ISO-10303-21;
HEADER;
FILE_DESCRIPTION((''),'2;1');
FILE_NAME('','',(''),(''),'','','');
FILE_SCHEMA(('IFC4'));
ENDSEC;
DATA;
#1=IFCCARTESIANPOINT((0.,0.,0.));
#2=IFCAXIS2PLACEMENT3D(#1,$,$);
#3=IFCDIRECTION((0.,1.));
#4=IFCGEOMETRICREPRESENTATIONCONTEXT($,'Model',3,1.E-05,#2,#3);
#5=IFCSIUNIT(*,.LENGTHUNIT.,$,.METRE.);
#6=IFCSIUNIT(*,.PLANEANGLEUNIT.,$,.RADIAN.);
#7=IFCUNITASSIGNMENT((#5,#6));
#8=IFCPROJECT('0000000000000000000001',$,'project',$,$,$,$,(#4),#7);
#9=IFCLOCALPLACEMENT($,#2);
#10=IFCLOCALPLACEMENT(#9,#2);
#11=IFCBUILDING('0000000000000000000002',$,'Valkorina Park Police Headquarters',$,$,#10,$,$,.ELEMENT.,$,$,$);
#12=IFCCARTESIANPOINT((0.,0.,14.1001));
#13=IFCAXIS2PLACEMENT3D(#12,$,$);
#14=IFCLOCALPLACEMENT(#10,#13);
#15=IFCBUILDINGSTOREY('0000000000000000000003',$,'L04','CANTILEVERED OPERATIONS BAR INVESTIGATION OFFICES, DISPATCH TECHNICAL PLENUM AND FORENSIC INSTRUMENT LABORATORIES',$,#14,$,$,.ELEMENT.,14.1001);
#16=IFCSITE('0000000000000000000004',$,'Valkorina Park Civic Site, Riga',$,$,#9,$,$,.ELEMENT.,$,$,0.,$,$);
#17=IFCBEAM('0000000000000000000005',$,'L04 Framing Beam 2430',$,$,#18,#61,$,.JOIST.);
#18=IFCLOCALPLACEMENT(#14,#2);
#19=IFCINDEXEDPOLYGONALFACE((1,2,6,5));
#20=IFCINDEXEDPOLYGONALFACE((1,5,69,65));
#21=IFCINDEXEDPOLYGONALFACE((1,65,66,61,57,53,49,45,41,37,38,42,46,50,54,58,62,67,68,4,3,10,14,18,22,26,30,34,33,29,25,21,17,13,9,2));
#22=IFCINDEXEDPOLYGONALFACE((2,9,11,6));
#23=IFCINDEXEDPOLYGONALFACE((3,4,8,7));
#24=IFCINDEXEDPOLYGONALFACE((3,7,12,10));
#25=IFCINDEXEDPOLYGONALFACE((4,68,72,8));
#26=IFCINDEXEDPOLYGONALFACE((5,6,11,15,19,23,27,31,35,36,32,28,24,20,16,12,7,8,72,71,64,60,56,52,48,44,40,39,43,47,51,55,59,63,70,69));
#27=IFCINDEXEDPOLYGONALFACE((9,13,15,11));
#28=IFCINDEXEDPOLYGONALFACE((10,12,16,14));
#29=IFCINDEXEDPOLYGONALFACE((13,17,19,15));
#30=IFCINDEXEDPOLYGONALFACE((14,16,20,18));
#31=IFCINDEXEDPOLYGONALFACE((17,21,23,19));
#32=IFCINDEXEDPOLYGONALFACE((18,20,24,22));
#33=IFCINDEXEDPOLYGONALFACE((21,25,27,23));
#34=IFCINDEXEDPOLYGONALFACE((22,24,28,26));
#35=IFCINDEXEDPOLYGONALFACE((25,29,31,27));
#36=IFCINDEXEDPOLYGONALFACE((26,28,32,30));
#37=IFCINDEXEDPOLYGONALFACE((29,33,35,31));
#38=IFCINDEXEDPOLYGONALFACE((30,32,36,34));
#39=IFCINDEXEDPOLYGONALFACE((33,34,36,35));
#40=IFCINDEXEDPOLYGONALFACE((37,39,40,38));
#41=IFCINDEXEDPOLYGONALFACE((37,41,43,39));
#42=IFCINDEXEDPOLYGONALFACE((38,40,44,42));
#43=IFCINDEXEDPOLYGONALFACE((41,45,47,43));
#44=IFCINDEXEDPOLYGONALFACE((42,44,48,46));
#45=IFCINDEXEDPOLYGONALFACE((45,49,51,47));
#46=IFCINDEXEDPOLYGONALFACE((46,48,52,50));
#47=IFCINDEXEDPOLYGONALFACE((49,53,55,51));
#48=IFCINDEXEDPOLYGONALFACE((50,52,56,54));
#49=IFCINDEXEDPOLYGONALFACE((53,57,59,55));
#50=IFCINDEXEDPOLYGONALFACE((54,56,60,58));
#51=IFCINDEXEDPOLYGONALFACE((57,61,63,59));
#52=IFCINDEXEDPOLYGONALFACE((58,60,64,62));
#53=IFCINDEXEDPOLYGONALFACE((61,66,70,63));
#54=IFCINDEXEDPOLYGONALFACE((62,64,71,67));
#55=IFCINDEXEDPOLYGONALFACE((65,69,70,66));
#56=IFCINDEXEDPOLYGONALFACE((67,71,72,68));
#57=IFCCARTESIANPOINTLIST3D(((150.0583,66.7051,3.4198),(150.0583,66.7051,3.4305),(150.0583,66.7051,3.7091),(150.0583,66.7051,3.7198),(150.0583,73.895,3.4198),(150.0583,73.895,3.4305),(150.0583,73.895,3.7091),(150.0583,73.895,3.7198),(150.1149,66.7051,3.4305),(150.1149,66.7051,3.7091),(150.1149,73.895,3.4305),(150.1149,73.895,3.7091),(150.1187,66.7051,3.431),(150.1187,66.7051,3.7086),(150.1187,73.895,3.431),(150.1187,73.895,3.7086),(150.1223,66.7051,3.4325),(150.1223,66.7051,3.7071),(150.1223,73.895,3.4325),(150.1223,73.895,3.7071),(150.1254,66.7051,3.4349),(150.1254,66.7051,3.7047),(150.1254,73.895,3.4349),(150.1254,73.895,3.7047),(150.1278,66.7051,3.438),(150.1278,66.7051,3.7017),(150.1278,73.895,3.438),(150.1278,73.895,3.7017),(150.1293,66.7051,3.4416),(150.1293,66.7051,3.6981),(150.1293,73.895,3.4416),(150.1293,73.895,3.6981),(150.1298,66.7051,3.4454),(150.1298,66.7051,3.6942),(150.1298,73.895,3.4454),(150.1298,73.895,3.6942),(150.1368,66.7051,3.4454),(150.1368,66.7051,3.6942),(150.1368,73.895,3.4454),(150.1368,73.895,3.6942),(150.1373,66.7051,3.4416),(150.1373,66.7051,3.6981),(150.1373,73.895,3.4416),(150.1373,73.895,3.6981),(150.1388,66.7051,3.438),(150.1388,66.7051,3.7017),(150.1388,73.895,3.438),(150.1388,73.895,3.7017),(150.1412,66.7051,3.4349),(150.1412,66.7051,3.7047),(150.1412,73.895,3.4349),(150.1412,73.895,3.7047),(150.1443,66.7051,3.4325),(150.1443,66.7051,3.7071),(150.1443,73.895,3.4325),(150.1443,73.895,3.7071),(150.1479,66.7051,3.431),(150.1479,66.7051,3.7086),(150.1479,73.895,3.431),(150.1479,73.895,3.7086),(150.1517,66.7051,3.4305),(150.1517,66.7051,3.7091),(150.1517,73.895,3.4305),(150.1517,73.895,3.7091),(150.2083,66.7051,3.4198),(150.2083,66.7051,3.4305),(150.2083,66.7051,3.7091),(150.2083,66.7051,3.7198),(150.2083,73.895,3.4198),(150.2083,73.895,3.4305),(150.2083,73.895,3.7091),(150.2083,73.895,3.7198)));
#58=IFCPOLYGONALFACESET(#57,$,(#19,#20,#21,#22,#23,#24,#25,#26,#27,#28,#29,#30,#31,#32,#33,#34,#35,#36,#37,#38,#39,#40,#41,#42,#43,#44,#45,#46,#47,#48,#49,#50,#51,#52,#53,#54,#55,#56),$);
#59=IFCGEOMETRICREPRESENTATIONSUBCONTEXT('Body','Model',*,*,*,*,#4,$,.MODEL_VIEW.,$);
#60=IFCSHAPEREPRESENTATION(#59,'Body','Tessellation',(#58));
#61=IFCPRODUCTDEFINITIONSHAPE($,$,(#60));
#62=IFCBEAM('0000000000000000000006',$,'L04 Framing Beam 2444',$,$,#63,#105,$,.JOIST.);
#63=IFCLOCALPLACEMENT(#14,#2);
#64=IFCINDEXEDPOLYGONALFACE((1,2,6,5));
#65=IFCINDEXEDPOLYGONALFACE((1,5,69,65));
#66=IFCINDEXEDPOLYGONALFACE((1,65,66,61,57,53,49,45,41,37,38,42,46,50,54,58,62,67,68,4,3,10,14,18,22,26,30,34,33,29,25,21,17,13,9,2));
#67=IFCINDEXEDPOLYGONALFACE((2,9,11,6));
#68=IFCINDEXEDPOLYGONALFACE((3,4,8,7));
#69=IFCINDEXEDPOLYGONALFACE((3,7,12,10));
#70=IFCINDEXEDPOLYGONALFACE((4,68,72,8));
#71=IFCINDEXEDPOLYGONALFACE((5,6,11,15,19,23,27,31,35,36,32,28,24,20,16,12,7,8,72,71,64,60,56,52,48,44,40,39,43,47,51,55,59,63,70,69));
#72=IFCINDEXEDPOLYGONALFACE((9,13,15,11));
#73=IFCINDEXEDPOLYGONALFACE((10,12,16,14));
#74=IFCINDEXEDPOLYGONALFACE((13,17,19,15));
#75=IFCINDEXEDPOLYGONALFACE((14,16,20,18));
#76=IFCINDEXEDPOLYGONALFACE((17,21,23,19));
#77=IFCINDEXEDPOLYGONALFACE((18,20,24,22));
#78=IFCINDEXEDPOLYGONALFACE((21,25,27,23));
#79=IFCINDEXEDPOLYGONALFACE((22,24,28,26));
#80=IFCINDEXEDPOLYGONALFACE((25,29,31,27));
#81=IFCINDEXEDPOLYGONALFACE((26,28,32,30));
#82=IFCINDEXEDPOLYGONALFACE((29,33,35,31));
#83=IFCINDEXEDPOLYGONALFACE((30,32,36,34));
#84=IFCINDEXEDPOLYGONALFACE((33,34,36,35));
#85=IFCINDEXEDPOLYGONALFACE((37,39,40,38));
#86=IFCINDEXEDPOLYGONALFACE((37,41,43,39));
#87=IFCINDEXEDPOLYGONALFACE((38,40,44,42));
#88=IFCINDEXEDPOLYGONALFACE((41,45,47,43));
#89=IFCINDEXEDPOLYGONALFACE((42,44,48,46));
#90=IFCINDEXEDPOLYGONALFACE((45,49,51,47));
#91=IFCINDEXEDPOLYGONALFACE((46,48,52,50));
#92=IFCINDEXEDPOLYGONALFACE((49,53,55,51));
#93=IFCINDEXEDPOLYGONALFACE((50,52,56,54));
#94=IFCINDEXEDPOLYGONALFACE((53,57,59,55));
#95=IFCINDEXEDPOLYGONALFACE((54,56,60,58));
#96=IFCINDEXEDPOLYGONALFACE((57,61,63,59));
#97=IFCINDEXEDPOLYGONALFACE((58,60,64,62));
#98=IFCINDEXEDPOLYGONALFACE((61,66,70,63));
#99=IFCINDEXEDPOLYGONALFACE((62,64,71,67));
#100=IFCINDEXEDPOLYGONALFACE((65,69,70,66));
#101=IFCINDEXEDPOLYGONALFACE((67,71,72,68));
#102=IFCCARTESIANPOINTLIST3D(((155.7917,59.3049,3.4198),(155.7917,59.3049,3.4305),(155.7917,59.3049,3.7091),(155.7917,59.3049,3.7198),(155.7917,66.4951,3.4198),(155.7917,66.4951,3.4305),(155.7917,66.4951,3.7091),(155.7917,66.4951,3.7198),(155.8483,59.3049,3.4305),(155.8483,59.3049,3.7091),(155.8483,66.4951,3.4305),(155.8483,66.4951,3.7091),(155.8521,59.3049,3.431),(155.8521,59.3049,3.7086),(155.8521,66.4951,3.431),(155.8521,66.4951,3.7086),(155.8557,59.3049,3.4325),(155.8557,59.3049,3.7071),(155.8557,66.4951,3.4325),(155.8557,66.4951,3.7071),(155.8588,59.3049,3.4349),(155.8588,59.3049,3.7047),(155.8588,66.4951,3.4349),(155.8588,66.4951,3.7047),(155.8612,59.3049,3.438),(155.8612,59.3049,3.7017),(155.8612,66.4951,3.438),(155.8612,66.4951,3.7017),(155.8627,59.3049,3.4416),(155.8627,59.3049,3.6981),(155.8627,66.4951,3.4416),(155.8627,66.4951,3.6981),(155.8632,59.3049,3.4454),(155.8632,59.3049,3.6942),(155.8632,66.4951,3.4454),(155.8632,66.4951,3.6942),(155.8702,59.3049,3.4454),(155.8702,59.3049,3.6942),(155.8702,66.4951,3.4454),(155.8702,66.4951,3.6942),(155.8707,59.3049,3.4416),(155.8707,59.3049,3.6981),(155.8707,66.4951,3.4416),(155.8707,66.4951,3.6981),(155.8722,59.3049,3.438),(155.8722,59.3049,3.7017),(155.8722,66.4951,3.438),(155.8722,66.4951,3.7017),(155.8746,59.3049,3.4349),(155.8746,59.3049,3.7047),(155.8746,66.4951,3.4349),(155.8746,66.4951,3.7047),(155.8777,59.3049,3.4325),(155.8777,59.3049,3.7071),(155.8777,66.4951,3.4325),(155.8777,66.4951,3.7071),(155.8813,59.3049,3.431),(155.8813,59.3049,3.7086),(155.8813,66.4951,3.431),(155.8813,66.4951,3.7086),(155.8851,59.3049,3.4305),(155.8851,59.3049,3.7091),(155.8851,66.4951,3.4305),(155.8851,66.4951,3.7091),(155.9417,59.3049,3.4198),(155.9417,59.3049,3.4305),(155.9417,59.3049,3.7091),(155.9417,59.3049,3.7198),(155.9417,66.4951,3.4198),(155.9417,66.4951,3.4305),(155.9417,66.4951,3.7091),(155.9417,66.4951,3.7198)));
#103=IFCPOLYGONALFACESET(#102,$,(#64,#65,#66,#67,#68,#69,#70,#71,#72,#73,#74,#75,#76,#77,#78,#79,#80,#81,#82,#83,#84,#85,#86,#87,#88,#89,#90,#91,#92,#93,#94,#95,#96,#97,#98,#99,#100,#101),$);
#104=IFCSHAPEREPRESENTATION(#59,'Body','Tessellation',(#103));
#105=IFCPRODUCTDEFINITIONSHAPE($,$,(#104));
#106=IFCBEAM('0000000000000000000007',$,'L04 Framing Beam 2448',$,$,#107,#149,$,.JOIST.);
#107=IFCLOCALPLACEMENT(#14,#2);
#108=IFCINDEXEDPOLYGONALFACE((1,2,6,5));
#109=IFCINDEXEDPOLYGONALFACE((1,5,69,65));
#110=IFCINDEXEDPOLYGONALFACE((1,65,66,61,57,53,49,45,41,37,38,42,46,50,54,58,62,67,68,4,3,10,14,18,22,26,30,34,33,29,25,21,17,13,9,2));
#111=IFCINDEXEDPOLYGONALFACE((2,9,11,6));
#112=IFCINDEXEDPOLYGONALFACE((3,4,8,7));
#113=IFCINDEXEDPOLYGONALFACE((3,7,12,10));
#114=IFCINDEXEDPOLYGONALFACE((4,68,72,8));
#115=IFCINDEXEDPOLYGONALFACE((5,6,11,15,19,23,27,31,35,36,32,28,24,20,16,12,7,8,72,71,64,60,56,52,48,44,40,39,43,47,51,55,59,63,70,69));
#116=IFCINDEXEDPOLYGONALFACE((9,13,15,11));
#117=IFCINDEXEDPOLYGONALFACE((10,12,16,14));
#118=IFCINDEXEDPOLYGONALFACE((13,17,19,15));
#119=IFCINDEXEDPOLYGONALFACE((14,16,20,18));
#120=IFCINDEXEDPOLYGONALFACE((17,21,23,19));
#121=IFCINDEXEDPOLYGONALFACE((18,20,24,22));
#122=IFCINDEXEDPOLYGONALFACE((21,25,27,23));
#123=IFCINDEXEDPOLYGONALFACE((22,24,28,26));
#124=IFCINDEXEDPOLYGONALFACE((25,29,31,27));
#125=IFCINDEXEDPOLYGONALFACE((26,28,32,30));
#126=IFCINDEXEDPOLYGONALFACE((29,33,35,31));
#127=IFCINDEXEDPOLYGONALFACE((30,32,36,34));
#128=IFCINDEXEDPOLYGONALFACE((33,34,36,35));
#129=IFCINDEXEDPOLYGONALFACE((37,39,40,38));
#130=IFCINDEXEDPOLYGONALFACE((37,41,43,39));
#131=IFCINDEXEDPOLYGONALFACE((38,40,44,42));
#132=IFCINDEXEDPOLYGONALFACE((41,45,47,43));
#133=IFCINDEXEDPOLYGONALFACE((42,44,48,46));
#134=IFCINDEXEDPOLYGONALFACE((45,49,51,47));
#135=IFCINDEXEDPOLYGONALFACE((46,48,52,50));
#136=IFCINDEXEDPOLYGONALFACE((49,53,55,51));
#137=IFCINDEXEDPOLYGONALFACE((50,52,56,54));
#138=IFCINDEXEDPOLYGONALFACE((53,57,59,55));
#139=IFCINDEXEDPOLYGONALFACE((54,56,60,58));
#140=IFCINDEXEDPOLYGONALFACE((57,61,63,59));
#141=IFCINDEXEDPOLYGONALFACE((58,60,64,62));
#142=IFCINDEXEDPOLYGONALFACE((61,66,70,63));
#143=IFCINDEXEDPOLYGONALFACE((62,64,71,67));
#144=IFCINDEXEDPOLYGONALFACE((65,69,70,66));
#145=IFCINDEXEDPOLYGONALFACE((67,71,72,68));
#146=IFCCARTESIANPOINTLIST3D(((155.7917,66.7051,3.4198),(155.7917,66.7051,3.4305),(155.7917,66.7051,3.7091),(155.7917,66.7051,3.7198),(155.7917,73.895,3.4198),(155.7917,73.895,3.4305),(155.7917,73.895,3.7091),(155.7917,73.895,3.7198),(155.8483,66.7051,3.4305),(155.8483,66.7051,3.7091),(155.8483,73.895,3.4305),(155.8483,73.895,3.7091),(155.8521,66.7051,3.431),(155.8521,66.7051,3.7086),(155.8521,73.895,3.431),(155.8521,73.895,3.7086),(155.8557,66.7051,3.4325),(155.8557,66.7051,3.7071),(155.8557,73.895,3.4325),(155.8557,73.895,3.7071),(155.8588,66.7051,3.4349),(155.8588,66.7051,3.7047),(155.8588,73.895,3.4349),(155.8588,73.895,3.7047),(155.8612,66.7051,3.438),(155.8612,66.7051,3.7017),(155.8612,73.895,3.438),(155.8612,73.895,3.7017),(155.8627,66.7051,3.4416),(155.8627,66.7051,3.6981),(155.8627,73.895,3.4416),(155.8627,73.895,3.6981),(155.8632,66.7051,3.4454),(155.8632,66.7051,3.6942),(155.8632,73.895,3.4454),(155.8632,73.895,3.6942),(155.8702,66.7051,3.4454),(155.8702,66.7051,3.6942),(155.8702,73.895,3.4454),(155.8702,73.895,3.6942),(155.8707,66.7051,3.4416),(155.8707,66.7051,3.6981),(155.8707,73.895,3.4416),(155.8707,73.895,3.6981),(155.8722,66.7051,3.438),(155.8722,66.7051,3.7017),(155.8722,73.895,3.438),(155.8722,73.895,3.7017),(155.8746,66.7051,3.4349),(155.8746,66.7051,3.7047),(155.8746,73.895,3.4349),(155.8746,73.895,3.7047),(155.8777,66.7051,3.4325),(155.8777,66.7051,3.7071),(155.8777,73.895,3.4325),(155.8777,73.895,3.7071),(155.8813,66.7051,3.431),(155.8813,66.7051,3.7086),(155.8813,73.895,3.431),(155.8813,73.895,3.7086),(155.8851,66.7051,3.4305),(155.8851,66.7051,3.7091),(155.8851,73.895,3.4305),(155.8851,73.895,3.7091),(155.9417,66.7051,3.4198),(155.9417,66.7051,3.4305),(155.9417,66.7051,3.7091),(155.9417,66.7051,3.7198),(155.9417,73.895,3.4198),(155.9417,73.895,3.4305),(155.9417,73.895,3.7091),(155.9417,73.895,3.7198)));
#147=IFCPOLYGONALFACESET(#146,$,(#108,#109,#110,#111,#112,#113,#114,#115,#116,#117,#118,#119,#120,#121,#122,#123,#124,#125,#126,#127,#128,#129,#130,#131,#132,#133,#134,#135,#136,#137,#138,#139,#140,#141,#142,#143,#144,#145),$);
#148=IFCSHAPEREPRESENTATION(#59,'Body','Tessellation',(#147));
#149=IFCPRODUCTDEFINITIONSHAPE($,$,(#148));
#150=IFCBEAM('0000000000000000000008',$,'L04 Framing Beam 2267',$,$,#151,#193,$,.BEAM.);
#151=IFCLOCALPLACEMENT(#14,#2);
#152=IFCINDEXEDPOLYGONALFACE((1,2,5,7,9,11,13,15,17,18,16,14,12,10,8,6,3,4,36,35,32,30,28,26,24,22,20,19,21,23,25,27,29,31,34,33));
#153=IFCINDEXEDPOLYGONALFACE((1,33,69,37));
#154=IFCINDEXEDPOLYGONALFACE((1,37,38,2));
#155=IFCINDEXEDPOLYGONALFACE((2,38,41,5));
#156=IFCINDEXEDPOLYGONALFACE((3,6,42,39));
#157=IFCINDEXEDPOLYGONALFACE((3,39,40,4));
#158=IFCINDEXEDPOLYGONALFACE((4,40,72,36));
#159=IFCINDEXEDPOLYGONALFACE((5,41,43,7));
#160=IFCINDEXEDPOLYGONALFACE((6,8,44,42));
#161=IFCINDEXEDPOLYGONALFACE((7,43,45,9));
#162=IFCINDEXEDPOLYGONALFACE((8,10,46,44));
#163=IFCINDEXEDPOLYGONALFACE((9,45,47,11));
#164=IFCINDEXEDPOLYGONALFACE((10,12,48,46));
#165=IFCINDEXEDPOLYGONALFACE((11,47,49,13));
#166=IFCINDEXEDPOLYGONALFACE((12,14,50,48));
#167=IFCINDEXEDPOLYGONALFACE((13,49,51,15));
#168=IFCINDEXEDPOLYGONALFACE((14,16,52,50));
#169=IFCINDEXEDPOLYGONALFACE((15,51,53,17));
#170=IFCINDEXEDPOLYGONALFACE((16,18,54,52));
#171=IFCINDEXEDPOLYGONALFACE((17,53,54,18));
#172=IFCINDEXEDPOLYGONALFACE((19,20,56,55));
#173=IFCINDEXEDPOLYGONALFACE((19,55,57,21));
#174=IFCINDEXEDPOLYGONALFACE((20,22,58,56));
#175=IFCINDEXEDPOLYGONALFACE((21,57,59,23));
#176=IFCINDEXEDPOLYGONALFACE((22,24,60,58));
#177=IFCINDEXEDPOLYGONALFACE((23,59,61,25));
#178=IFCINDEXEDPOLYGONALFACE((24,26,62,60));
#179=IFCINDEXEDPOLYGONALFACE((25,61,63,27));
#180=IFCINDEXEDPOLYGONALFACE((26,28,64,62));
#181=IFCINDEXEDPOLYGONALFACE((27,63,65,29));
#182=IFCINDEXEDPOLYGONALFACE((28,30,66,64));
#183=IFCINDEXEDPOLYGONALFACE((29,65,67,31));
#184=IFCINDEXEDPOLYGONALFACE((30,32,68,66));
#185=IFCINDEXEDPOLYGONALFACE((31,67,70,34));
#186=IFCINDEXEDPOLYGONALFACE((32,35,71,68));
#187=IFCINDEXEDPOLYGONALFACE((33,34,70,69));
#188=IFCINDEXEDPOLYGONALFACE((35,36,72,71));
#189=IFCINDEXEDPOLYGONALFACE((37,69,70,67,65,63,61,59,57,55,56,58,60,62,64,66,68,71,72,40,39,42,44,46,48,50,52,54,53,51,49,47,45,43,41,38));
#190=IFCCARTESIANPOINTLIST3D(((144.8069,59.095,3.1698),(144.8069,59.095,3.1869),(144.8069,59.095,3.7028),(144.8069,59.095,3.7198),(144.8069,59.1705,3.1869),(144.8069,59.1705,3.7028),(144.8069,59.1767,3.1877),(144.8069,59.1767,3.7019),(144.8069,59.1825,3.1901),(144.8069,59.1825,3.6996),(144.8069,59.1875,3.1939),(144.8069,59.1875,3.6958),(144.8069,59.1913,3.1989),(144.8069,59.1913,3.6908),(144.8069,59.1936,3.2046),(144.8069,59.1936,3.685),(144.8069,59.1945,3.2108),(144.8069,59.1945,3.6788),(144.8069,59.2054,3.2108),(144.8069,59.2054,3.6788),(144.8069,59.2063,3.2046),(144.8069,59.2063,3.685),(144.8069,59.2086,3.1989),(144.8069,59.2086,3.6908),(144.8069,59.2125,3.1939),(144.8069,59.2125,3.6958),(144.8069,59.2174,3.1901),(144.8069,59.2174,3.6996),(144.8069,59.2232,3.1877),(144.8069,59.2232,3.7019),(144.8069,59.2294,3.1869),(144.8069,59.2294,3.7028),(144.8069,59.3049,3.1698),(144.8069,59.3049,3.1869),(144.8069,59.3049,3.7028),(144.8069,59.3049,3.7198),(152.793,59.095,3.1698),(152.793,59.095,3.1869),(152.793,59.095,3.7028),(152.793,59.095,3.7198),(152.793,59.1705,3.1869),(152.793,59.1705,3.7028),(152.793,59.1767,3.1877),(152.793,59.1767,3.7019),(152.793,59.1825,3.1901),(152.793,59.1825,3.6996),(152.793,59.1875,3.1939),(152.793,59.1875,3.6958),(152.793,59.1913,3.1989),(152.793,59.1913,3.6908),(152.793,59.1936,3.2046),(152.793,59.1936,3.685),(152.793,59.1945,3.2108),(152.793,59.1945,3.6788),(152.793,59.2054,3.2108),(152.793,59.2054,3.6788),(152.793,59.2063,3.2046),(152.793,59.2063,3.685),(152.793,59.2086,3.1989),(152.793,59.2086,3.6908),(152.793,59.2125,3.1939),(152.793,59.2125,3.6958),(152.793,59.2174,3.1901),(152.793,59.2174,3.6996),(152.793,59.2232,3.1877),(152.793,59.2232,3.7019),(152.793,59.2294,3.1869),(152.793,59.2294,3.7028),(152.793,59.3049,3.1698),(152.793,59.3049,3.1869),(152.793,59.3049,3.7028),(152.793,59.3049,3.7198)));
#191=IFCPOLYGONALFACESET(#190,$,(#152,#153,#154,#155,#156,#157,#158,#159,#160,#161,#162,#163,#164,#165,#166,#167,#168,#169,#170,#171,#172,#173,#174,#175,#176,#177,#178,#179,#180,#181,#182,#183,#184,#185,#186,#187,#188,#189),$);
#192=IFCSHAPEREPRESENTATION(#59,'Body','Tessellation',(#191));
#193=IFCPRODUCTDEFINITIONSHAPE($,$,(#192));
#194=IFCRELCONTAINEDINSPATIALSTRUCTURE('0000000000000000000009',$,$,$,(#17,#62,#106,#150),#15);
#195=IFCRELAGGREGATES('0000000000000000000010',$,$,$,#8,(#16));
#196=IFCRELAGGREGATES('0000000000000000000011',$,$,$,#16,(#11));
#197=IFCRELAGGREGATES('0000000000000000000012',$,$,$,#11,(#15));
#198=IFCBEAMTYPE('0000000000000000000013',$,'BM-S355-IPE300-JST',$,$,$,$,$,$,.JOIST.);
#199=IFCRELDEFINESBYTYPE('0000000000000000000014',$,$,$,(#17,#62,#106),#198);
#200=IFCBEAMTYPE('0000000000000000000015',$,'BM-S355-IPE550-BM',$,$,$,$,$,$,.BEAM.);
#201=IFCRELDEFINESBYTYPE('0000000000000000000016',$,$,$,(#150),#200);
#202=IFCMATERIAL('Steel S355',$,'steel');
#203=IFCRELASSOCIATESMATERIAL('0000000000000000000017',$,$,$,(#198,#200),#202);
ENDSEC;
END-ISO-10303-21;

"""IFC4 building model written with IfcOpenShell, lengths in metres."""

from ifc_helpers import new_model, si_unit, direction, frame, origin, origin_2d, place, context, subcontext, project, spatial, i_section, extrude, material, material_profile, profile_set, type_object, element, save


model = new_model("IFC4")

# Units and contexts
model_context = context("Model", 3, precision=1e-05, world=origin(), true_north=direction((0.0, 1.0)))
body_context = subcontext(model_context, "Body", "Model", "MODEL_VIEW")
ifc_project = project(units=[si_unit("LENGTHUNIT", "METRE"), si_unit("PLANEANGLEUNIT", "RADIAN")], contexts=[model_context])

# Site, building, storey
site_placement = place(None, origin())
site = spatial("IfcSite", under=ifc_project, at=site_placement, Name="Valkorina Park Civic Site, Riga", CompositionType="ELEMENT", RefElevation=0.0)
building_placement = place(site_placement, origin())
building = spatial("IfcBuilding", under=site, at=building_placement, Name="Valkorina Park Police Headquarters", CompositionType="ELEMENT")
storey_placement = place(building_placement, frame((0.0, 0.0, 14.1001)))
storey = spatial("IfcBuildingStorey", under=building, at=storey_placement, Name="L04", Description="CANTILEVERED OPERATIONS BAR INVESTIGATION OFFICES, DISPATCH TECHNICAL PLENUM AND FORENSIC INSTRUMENT LABORATORIES", CompositionType="ELEMENT", Elevation=14.1001)

# Shared definitions
ifc_material = material(Name="Steel S355", Category="steel")

# Beams
ifc_material_profile_1 = material_profile(ifc_material, i_section(OverallWidth=0.1499, OverallDepth=0.3, WebThickness=0.0071, FlangeThickness=0.0107, FilletRadius=0.0149, at=origin_2d()), Name="IPE 300")
ifc_profile_set_1 = profile_set([ifc_material_profile_1], Name="Steel S355")
beam_type_1 = type_object("IfcBeamType", Name="BM-S355-IPE300-JST", PredefinedType="JOIST", material=ifc_profile_set_1)
for number, where, z_axis, x_axis, name in (
    (1, (150.1333, 66.7051, 3.5698), (0.0, 1.0, 0.0), (-1.0, 0.0, 0.0), "L04 Framing Beam 2430"),
):
    element("IfcBeam", number, at=place(storey_placement, frame(where, z_axis=z_axis, x_axis=x_axis)), inside=storey, type_object=beam_type_1, Name=name, PredefinedType="JOIST", context=body_context, shape_type="SweptSolid", body=[
        extrude(i_section(OverallWidth=0.1499, OverallDepth=0.3, WebThickness=0.0071, FlangeThickness=0.0107, FilletRadius=0.0149, at=origin_2d()), origin(), (0.0, 0.0, 1.0), 7.1899),
    ])
beam_1_placement = place(storey_placement, frame((155.8667, 59.3049, 3.5698), z_axis=(0.0, 1.0, 0.0), x_axis=(-1.0, 0.0, 0.0)))
element("IfcBeam", 2, at=beam_1_placement, inside=storey, type_object=beam_type_1, Name="L04 Framing Beam 2444", PredefinedType="JOIST", context=body_context, shape_type="SweptSolid", body=[
    extrude(i_section(OverallWidth=0.1499, OverallDepth=0.3, WebThickness=0.0071, FlangeThickness=0.0107, FilletRadius=0.0149, at=origin_2d()), origin(), (0.0, 0.0, 1.0), 7.1902),
])
beam_2_placement = place(storey_placement, frame((155.8667, 66.7051, 3.5698), z_axis=(0.0, 1.0, 0.0), x_axis=(-1.0, 0.0, 0.0)))
element("IfcBeam", 3, at=beam_2_placement, inside=storey, type_object=beam_type_1, Name="L04 Framing Beam 2448", PredefinedType="JOIST", context=body_context, shape_type="SweptSolid", body=[
    extrude(i_section(OverallWidth=0.1499, OverallDepth=0.3, WebThickness=0.0071, FlangeThickness=0.0107, FilletRadius=0.0149, at=origin_2d()), origin(), (0.0, 0.0, 1.0), 7.1899),
])
ifc_material_profile_2 = material_profile(ifc_material, i_section(OverallWidth=0.21, OverallDepth=0.55, WebThickness=0.011, FlangeThickness=0.0171, FilletRadius=0.0239, at=origin_2d()), Name="IPE 550")
ifc_profile_set_2 = profile_set([ifc_material_profile_2], Name="Steel S355")
beam_type_2 = type_object("IfcBeamType", Name="BM-S355-IPE550-BM", PredefinedType="BEAM", material=ifc_profile_set_2)
beam_3_placement = place(storey_placement, frame((144.8069, 59.2, 3.4448), z_axis=(1.0, 0.0, 0.0), x_axis=(0.0, 1.0, 0.0)))
element("IfcBeam", 4, at=beam_3_placement, inside=storey, type_object=beam_type_2, Name="L04 Framing Beam 2267", PredefinedType="BEAM", context=body_context, shape_type="SweptSolid", body=[
    extrude(i_section(OverallWidth=0.21, OverallDepth=0.55, WebThickness=0.011, FlangeThickness=0.0171, FilletRadius=0.0239, at=origin_2d()), origin(), (0.0, 0.0, 1.0), 7.9861),
])

save(model, "model.ifc")
